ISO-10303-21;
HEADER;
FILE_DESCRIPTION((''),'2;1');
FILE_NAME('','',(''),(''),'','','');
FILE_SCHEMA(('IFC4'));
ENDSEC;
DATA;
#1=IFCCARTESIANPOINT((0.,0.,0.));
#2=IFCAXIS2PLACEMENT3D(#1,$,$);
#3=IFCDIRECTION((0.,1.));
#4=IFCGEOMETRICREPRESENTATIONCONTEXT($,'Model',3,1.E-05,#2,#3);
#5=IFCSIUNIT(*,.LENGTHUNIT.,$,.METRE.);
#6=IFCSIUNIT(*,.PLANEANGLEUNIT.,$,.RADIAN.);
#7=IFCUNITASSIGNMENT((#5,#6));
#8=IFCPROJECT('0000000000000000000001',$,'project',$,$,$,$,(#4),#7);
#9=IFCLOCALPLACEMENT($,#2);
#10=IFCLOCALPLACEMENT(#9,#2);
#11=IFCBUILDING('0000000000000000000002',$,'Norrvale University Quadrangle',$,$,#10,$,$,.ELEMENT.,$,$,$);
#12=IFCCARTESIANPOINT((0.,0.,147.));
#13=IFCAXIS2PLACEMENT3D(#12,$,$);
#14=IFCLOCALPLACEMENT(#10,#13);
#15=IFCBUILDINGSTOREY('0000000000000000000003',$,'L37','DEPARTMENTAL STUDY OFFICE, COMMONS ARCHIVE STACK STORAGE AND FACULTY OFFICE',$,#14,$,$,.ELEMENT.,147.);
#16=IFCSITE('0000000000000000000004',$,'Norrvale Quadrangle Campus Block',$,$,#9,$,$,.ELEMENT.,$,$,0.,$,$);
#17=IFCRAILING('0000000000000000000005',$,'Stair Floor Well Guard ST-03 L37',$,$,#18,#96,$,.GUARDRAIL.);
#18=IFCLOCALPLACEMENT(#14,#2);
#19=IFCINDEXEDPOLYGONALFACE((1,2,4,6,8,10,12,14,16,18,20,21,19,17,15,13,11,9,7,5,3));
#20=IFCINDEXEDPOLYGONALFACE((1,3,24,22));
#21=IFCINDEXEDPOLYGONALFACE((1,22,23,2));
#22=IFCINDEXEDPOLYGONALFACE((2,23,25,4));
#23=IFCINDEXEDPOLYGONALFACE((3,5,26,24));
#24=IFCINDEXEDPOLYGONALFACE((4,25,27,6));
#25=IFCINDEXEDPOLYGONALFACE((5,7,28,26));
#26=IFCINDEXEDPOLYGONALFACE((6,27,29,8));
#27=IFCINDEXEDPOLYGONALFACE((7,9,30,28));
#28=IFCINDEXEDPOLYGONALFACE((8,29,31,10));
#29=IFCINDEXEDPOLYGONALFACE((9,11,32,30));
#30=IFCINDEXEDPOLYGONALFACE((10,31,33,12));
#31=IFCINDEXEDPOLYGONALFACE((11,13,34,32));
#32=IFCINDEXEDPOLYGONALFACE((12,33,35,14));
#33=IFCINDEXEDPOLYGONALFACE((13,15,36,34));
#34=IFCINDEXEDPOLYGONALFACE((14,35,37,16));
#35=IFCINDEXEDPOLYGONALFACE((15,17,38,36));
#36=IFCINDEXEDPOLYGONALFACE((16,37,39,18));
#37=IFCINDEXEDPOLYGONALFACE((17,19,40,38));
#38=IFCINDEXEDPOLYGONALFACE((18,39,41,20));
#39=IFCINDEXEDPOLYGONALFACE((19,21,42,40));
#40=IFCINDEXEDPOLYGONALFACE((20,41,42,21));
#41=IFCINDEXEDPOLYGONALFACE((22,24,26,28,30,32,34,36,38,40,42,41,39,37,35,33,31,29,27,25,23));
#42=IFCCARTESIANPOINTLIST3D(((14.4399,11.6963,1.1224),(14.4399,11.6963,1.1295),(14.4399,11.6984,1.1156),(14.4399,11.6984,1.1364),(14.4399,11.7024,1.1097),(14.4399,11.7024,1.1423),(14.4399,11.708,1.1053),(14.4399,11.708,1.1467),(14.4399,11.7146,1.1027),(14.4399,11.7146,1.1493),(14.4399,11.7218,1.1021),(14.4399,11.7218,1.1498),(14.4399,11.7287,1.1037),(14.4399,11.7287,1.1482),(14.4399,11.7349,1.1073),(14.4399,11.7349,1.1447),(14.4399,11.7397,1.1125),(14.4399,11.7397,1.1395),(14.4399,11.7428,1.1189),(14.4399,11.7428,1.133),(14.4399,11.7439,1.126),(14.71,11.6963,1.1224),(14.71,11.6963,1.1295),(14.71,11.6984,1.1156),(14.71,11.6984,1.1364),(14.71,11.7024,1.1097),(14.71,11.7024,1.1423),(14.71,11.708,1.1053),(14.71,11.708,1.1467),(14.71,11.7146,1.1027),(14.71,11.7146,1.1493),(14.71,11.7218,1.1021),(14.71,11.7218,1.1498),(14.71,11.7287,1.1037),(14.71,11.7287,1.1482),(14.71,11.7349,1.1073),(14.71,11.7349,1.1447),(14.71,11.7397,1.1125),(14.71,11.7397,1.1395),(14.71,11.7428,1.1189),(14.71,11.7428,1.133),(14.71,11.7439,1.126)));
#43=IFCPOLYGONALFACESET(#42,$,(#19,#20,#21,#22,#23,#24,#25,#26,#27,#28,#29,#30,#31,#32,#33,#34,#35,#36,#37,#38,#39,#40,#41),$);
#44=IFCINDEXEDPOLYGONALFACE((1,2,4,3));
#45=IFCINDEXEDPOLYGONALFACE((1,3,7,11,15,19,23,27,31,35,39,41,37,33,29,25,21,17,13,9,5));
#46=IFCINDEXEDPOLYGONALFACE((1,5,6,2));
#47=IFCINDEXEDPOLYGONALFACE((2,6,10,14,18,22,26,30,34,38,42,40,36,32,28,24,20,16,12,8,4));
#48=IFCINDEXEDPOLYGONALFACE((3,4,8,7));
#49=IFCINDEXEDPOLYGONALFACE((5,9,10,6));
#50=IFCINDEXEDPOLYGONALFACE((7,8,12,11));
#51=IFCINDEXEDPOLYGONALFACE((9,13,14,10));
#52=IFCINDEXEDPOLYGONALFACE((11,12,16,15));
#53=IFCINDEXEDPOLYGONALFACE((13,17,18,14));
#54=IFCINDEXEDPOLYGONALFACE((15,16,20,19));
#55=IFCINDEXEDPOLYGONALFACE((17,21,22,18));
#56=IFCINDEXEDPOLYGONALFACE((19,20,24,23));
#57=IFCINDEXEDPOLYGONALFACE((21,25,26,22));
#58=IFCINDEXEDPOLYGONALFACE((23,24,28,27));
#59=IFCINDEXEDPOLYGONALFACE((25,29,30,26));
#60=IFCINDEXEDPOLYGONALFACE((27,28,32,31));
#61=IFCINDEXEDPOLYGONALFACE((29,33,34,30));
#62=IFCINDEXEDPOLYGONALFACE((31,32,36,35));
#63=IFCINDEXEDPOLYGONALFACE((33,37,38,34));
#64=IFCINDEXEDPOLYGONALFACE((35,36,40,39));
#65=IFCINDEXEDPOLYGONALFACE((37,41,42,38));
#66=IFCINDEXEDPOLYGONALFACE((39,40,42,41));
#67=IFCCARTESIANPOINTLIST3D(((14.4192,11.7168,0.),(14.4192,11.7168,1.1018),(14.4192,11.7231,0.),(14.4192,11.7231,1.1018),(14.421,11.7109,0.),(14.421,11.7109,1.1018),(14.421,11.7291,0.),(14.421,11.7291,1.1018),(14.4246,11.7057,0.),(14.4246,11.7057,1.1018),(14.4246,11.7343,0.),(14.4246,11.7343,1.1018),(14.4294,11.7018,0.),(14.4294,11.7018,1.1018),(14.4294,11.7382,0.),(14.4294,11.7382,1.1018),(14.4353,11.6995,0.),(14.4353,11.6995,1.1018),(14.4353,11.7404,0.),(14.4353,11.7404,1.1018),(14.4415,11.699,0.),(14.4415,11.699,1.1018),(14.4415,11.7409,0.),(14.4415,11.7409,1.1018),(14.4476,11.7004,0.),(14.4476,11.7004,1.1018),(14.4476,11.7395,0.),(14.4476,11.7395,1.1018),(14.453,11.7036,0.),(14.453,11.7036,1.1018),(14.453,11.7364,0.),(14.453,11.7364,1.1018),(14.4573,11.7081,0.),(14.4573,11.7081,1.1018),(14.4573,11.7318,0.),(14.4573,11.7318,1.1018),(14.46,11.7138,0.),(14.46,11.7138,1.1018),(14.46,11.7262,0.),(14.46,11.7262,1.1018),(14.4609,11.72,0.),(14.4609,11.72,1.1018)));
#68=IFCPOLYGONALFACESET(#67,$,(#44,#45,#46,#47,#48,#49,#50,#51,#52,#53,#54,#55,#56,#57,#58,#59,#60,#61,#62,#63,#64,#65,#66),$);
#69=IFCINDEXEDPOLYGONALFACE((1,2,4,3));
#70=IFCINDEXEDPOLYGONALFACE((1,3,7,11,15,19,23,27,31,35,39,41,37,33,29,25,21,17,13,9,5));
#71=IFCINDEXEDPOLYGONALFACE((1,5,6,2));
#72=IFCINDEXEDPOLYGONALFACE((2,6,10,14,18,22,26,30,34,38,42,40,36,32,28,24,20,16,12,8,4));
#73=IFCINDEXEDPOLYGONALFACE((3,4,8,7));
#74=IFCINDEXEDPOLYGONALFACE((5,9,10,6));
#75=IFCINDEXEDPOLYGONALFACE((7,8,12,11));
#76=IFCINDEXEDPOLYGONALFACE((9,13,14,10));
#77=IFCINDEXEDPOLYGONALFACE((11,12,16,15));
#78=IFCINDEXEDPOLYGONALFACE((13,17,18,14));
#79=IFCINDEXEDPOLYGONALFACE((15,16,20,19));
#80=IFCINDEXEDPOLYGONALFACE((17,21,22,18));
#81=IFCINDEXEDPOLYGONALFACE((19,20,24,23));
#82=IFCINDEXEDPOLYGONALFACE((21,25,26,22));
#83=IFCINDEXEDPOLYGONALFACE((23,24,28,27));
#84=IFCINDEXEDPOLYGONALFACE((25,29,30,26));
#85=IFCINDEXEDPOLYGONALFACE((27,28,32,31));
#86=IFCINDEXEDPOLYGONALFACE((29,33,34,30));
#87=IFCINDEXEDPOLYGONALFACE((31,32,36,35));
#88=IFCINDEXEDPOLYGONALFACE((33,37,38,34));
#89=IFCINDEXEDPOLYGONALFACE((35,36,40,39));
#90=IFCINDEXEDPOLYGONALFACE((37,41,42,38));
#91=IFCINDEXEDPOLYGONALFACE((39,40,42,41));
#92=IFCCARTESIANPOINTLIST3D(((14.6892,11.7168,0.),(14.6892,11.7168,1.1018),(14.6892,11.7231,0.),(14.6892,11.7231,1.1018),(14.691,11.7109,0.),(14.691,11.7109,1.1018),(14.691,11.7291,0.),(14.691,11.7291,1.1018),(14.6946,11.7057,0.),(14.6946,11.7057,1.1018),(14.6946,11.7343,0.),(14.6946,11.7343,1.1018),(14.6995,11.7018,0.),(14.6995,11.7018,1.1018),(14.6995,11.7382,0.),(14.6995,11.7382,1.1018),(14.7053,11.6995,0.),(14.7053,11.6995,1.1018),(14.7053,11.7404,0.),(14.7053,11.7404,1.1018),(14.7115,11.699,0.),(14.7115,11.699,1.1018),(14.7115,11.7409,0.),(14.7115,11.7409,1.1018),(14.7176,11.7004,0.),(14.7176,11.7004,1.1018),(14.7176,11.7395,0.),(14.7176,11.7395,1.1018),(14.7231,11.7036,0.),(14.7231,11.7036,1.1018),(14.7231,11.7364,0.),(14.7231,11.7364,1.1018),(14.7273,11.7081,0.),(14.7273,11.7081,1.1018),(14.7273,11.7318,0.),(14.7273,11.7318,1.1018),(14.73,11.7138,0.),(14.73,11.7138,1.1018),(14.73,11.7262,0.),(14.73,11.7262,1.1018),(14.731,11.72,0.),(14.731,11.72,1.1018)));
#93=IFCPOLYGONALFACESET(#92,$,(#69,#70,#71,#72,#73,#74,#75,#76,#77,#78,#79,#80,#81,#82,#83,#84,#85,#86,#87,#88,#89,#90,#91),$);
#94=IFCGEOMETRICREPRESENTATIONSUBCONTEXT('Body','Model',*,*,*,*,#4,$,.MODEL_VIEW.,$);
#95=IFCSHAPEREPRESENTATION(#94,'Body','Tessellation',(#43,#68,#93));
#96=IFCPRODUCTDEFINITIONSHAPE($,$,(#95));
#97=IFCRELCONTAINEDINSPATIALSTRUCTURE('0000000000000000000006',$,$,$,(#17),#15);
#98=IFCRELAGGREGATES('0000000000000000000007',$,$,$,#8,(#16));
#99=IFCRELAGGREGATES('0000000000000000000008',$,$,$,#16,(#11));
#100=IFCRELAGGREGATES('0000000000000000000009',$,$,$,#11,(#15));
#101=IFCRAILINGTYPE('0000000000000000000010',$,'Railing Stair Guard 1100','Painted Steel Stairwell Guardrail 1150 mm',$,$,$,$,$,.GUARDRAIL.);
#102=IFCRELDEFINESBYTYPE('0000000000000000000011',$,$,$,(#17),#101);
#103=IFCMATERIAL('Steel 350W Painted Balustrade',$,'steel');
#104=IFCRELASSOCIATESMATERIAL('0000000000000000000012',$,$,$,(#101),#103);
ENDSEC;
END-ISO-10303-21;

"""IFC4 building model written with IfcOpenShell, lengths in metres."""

from ifc_helpers import new_model, si_unit, direction, frame, origin, origin_2d, place, context, subcontext, project, spatial, circle, extrude, material, type_object, element, save


model = new_model("IFC4")

# Units and contexts
model_context = context("Model", 3, precision=1e-05, world=origin(), true_north=direction((0.0, 1.0)))
body_context = subcontext(model_context, "Body", "Model", "MODEL_VIEW")
ifc_project = project(units=[si_unit("LENGTHUNIT", "METRE"), si_unit("PLANEANGLEUNIT", "RADIAN")], contexts=[model_context])

# Site, building, storey
site_placement = place(None, origin())
site = spatial("IfcSite", under=ifc_project, at=site_placement, Name="Norrvale Quadrangle Campus Block", CompositionType="ELEMENT", RefElevation=0.0)
building_placement = place(site_placement, origin())
building = spatial("IfcBuilding", under=site, at=building_placement, Name="Norrvale University Quadrangle", CompositionType="ELEMENT")
storey_placement = place(building_placement, frame((0.0, 0.0, 147.0)))
storey = spatial("IfcBuildingStorey", under=building, at=storey_placement, Name="L37", Description="DEPARTMENTAL STUDY OFFICE, COMMONS ARCHIVE STACK STORAGE AND FACULTY OFFICE", CompositionType="ELEMENT", Elevation=147.0)

# Railing
ifc_material_1 = material(Name="Steel 350W Painted Balustrade", Category="steel")
railing_type = type_object("IfcRailingType", Name="Railing Stair Guard 1100", Description="Painted Steel Stairwell Guardrail 1150 mm", PredefinedType="GUARDRAIL", material=ifc_material_1)
for number, where, name in (
    (1, (14.4399, 11.72, 0.0), "Stair Floor Well Guard ST-03 L37"),
):
    element("IfcRailing", number, at=place(storey_placement, frame(where)), inside=storey, type_object=railing_type, Name=name, PredefinedType="GUARDRAIL", context=body_context, shape_type="SweptSolid", body=[
        extrude(circle(Radius=0.0239, at=origin_2d()), frame((0.0, 0.0, 1.126), z_axis=(1.0, 0.0, 0.0), x_axis=(0.0, 1.0, 0.0)), (0.0, 0.0, 1.0), 0.27),
        extrude(circle(Radius=0.021, at=origin_2d()), origin(), (0.0, 0.0, 1.0), 1.1018),
        extrude(circle(Radius=0.021, at=origin_2d()), frame((0.27, 0.0, 0.0)), (0.0, 0.0, 1.0), 1.1018),
    ])

save(model, "model.ifc")
